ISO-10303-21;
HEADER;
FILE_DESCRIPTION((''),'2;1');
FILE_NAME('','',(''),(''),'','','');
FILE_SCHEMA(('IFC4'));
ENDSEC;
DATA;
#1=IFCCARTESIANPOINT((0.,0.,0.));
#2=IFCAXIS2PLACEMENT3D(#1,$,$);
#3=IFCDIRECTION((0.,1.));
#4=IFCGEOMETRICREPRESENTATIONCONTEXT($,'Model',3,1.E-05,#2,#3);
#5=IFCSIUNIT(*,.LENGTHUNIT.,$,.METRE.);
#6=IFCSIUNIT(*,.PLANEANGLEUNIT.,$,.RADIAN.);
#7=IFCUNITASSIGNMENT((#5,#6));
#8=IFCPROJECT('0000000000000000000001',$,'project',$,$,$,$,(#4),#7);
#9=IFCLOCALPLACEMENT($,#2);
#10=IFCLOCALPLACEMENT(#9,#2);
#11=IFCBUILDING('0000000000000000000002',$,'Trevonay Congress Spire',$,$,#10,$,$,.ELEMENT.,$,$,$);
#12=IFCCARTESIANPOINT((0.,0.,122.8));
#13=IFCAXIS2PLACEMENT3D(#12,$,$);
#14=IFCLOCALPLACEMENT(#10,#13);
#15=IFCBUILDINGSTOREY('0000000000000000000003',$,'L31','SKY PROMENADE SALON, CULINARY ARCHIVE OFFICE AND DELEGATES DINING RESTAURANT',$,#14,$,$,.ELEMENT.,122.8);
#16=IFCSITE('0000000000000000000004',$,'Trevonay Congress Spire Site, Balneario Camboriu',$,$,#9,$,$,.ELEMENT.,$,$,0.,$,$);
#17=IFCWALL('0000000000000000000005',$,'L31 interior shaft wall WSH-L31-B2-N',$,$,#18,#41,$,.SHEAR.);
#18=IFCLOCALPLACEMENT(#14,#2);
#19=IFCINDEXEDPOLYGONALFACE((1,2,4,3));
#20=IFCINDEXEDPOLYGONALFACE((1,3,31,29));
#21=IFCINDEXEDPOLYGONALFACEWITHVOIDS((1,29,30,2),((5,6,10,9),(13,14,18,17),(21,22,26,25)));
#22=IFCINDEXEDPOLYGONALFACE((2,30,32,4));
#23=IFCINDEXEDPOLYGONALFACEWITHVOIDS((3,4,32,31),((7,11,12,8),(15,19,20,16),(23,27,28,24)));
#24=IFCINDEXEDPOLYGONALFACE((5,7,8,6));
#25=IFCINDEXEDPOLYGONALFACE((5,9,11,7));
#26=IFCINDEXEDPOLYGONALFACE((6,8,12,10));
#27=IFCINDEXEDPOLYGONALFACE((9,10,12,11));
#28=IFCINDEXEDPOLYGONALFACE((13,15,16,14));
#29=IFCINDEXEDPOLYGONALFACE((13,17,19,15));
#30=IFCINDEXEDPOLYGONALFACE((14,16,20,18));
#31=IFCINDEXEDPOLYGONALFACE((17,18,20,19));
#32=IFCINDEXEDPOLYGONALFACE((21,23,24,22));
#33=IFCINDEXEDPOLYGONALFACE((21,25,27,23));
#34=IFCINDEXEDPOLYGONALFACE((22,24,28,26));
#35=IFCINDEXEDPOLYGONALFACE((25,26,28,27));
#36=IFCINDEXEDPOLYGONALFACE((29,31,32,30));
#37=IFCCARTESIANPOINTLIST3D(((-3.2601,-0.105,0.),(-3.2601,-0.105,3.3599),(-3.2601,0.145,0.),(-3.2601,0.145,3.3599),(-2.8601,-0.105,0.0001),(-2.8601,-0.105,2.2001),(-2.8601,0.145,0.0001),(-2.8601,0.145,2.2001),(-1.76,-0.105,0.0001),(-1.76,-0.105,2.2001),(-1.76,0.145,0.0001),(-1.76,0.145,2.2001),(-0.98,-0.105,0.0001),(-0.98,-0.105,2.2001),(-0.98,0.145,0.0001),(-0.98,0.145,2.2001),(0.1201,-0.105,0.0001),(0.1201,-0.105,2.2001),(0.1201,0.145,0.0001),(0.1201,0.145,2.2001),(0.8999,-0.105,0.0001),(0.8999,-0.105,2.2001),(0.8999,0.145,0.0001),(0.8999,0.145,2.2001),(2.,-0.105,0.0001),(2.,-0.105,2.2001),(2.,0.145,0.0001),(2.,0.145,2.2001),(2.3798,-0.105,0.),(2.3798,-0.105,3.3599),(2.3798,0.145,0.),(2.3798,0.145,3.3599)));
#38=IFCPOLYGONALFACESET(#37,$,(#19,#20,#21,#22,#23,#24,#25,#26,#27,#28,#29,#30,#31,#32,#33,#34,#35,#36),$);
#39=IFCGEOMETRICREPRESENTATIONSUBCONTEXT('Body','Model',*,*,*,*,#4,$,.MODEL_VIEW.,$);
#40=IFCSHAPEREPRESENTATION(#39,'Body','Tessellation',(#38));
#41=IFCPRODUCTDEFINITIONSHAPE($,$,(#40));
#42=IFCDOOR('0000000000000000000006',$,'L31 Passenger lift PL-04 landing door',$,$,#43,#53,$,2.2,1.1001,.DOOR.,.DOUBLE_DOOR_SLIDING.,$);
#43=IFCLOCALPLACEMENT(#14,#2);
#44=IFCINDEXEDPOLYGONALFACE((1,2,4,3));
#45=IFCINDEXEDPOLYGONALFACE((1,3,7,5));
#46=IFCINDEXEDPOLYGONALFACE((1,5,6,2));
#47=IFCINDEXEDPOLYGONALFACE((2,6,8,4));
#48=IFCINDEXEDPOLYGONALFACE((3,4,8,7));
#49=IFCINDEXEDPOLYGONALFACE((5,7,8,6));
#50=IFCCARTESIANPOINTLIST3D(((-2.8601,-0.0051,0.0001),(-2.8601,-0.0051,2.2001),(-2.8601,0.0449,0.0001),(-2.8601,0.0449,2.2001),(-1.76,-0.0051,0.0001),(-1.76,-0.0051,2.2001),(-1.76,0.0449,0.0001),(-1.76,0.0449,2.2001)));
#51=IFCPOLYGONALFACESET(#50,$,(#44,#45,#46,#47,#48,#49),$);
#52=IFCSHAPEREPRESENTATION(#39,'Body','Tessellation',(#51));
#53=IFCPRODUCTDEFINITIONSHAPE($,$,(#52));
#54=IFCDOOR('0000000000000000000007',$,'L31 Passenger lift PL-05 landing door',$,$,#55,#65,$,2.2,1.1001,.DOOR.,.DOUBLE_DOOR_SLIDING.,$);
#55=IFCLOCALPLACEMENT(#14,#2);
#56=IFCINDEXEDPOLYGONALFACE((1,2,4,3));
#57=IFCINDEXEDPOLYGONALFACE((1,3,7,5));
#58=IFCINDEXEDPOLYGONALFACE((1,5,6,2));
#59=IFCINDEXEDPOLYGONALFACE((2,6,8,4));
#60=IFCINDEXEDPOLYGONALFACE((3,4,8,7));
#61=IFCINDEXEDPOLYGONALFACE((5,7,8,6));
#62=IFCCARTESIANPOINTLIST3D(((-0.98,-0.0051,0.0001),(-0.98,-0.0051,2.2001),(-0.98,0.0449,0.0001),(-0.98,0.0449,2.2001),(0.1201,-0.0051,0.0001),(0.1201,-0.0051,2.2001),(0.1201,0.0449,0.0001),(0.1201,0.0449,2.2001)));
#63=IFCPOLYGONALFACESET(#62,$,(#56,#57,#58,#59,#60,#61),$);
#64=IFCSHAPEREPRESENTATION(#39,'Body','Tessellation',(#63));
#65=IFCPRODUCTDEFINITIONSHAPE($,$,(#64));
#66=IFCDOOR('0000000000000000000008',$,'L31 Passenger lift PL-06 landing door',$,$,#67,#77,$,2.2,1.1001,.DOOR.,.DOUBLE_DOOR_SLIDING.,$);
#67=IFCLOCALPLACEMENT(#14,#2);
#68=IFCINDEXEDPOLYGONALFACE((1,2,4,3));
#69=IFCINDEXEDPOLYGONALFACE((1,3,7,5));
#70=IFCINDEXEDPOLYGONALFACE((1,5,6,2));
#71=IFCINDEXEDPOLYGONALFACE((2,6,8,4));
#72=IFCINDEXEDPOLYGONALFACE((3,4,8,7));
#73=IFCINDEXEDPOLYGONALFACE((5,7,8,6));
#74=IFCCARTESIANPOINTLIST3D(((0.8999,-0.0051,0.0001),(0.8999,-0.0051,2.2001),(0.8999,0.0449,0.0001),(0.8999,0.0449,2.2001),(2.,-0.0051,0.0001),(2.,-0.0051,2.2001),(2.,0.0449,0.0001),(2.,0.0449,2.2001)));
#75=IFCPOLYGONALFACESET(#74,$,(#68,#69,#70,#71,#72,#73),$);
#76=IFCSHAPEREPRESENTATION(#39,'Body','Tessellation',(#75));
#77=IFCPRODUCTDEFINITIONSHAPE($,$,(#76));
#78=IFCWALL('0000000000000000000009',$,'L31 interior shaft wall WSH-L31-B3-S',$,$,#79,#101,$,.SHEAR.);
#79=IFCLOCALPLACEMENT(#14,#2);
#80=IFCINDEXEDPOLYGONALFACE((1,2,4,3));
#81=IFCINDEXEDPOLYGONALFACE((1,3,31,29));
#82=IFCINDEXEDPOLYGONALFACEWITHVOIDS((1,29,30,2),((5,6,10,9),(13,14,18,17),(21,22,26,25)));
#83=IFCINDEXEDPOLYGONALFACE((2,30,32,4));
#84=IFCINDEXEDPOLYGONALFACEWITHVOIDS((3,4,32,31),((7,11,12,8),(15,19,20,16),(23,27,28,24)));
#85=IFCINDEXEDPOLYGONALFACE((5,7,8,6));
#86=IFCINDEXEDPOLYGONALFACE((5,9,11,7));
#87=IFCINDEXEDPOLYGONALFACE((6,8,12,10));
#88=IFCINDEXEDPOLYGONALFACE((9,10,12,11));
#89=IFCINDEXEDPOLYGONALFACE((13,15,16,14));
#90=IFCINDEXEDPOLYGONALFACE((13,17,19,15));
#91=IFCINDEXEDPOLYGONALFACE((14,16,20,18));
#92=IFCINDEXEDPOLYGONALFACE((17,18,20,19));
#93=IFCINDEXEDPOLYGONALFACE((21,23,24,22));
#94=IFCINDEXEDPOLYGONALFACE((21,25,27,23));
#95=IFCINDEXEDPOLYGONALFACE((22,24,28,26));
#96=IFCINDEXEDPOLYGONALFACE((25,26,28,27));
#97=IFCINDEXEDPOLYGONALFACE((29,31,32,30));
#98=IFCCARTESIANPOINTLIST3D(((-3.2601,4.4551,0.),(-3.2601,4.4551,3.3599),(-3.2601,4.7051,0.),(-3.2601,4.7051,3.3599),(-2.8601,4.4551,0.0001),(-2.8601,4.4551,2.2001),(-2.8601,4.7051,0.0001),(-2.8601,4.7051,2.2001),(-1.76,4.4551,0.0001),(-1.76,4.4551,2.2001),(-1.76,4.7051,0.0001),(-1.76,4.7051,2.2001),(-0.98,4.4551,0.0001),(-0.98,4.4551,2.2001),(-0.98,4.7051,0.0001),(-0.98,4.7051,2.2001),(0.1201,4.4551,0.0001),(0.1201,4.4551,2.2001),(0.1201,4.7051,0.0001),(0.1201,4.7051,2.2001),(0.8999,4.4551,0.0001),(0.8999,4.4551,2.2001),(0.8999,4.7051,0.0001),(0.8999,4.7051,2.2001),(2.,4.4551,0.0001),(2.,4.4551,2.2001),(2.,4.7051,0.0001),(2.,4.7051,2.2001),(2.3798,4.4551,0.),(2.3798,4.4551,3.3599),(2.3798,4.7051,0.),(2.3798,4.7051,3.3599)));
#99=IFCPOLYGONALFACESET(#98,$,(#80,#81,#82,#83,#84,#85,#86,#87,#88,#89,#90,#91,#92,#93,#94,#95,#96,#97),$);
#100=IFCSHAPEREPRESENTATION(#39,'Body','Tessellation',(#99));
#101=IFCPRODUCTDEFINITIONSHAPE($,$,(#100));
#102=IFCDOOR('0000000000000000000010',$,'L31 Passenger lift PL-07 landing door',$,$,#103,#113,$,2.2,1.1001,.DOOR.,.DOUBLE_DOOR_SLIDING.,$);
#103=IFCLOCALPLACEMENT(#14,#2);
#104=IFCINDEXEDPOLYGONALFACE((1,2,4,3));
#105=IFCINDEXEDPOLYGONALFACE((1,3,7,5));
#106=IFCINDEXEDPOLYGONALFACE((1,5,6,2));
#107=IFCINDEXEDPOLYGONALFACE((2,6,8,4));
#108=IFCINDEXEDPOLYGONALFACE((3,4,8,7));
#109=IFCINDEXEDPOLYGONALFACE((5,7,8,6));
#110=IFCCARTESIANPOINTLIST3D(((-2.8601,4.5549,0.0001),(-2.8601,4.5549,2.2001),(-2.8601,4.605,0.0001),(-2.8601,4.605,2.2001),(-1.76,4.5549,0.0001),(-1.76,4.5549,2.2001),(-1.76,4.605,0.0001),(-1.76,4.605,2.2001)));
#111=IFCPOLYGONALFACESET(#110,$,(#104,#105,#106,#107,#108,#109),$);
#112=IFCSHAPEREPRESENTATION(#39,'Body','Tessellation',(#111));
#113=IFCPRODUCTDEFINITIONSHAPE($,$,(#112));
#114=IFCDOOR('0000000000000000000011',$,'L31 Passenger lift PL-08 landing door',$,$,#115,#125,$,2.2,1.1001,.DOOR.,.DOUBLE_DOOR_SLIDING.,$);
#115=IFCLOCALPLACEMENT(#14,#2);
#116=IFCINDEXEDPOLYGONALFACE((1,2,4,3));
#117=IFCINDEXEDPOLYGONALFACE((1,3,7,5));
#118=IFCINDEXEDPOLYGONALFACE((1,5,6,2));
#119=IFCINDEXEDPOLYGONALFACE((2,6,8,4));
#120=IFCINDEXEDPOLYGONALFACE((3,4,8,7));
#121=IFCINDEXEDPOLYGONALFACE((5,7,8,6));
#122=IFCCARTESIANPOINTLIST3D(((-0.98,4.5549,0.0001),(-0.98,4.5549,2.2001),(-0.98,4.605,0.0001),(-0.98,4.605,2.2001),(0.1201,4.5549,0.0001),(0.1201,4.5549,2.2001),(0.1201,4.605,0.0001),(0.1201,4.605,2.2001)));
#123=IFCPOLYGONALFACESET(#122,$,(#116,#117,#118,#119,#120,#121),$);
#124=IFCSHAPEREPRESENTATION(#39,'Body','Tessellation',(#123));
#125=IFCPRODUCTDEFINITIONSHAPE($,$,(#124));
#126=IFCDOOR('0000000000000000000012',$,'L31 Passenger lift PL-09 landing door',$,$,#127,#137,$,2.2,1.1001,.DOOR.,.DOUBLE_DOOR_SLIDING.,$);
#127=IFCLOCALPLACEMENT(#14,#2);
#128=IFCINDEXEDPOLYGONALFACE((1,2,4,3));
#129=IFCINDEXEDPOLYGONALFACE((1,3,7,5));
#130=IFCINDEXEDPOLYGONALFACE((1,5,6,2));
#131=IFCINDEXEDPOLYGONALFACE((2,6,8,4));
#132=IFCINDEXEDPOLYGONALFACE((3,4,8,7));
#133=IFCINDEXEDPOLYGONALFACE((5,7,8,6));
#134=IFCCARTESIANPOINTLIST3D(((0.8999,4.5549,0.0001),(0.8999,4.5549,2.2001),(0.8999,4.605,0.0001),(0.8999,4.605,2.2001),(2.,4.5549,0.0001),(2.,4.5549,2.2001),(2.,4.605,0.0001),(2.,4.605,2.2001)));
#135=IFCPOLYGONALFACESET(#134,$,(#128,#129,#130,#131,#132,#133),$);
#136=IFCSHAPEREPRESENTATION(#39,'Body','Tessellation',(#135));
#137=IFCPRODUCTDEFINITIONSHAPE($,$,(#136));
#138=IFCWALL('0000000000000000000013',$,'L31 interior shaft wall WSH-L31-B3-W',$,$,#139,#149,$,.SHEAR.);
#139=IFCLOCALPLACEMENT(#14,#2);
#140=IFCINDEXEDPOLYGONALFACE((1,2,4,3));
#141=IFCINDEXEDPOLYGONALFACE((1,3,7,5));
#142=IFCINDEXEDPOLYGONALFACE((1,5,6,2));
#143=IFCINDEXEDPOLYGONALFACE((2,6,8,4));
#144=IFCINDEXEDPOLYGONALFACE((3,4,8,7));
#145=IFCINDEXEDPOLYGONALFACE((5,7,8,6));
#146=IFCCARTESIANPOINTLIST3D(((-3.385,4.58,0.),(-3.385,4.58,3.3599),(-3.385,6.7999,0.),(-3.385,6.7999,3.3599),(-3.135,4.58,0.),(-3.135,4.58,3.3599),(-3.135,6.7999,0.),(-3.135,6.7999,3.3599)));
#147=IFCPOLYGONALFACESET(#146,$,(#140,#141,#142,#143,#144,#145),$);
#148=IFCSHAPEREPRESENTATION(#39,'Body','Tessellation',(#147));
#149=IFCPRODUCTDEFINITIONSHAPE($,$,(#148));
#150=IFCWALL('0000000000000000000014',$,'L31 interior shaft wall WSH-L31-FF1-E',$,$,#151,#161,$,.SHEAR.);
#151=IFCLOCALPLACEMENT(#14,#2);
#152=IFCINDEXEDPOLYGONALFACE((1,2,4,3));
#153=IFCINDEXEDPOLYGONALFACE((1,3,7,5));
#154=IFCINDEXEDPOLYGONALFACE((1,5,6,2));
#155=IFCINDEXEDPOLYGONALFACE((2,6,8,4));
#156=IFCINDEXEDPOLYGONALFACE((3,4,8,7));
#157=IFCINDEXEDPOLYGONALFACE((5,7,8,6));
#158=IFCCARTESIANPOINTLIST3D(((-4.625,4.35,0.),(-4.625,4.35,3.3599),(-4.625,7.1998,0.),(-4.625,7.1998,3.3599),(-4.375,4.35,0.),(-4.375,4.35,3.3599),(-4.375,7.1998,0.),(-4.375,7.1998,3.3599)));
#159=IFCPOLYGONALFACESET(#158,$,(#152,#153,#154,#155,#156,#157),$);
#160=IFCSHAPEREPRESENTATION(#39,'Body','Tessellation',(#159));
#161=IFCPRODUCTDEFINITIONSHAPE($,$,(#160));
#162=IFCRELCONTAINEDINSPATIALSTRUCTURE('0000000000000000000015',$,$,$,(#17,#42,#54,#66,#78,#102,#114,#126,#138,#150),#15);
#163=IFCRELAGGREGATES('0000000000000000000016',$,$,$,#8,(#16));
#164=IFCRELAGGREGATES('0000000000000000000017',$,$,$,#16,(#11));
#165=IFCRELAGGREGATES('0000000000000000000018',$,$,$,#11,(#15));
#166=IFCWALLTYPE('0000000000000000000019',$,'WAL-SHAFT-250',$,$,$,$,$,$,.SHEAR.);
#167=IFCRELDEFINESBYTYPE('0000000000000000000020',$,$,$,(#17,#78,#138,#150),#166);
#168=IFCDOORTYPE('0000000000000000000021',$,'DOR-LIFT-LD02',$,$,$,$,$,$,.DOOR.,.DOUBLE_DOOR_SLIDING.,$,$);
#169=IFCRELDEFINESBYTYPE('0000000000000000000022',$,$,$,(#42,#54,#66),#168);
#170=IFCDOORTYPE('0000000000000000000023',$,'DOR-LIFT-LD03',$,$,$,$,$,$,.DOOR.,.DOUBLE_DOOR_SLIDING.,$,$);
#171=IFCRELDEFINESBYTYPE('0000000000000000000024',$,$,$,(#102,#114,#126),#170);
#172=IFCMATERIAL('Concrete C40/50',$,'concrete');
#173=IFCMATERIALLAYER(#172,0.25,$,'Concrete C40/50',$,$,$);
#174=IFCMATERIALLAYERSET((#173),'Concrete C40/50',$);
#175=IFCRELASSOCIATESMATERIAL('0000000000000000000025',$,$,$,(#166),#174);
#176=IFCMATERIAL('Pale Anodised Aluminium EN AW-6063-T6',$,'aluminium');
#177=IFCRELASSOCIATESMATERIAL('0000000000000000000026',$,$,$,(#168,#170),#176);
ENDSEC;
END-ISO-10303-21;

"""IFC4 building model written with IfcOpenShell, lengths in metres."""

from ifc_helpers import new_model, si_unit, direction, frame, frame_2d, origin, place, context, subcontext, project, spatial, rectangle, extrude, material, layer, layer_set, type_object, element, fill, save


model = new_model("IFC4")

# Units and contexts
model_context = context("Model", 3, precision=1e-05, world=origin(), true_north=direction((0.0, 1.0)))
body_context = subcontext(model_context, "Body", "Model", "MODEL_VIEW")
ifc_project = project(units=[si_unit("LENGTHUNIT", "METRE"), si_unit("PLANEANGLEUNIT", "RADIAN")], contexts=[model_context])

# Site, building, storey
site_placement = place(None, origin())
site = spatial("IfcSite", under=ifc_project, at=site_placement, Name="Trevonay Congress Spire Site, Balneario Camboriu", CompositionType="ELEMENT", RefElevation=0.0)
building_placement = place(site_placement, origin())
building = spatial("IfcBuilding", under=site, at=building_placement, Name="Trevonay Congress Spire", CompositionType="ELEMENT")
storey_placement = place(building_placement, frame((0.0, 0.0, 122.8)))
storey = spatial("IfcBuildingStorey", under=building, at=storey_placement, Name="L31", Description="SKY PROMENADE SALON, CULINARY ARCHIVE OFFICE AND DELEGATES DINING RESTAURANT", CompositionType="ELEMENT", Elevation=122.8)

# Shared definitions
ifc_material_1 = material(Name="Concrete C40/50", Category="concrete")

# Walls, openings, doors
ifc_layer_1 = layer(ifc_material_1, 0.25, Name="Concrete C40/50")
ifc_layer_set_1 = layer_set([ifc_layer_1], Name="Concrete C40/50")
wall_type_1 = type_object("IfcWallType", Name="WAL-SHAFT-250", PredefinedType="SHEAR", material=ifc_layer_set_1)
wall_1_placement = place(storey_placement, frame((-3.26, 0.02, 0.0), z_axis=(0.0, 0.0, 1.0), x_axis=(1.0, 0.0, 0.0)))
wall_1 = element("IfcWall", 1, at=wall_1_placement, inside=storey, type_object=wall_type_1, Name="L31 interior shaft wall WSH-L31-B2-N", PredefinedType="SHEAR", context=body_context, shape_type="SweptSolid", body=[
    extrude(rectangle(XDim=5.6399, YDim=0.25, at=frame_2d((2.8198, 0.0))), origin(), (0.0, 0.0, 1.0), 3.3599),
])
opening_1_placement = place(wall_1_placement, frame((0.3999, 0.0, 0.0)))
opening_1 = element("IfcOpeningElement", 2, at=opening_1_placement, cuts=wall_1, PredefinedType="OPENING", context=body_context, shape_type="SweptSolid", body=[
    extrude(rectangle(XDim=1.1001, YDim=2.2, at=frame_2d((0.55, 1.1001))), frame((0.0, 0.135, 0.0), z_axis=(0.0, -1.0, 0.0), x_axis=(1.0, 0.0, 0.0)), (0.0, 0.0, 1.0), 0.27),
])
opening_2_placement = place(wall_1_placement, frame((2.28, 0.0, 0.0)))
opening_2 = element("IfcOpeningElement", 3, at=opening_2_placement, cuts=wall_1, PredefinedType="OPENING", context=body_context, shape_type="SweptSolid", body=[
    extrude(rectangle(XDim=1.1001, YDim=2.2, at=frame_2d((0.55, 1.1001))), frame((0.0, 0.135, 0.0), z_axis=(0.0, -1.0, 0.0), x_axis=(1.0, 0.0, 0.0)), (0.0, 0.0, 1.0), 0.27),
])
opening_3_placement = place(wall_1_placement, frame((4.1599, 0.0, 0.0)))
opening_3 = element("IfcOpeningElement", 4, at=opening_3_placement, cuts=wall_1, PredefinedType="OPENING", context=body_context, shape_type="SweptSolid", body=[
    extrude(rectangle(XDim=1.1001, YDim=2.2, at=frame_2d((0.55, 1.1001))), frame((0.0, 0.135, 0.0), z_axis=(0.0, -1.0, 0.0), x_axis=(1.0, 0.0, 0.0)), (0.0, 0.0, 1.0), 0.27),
])
ifc_material_2 = material(Name="Pale Anodised Aluminium EN AW-6063-T6", Category="aluminium")
door_type_1 = type_object("IfcDoorType", Name="DOR-LIFT-LD02", OperationType="DOUBLE_DOOR_SLIDING", PredefinedType="DOOR", material=ifc_material_2)
door_1_placement = place(opening_1_placement, origin())
door_1 = element("IfcDoor", 5, at=door_1_placement, inside=storey, type_object=door_type_1, Name="L31 Passenger lift PL-04 landing door", OperationType="DOUBLE_DOOR_SLIDING", OverallHeight=2.2, OverallWidth=1.1001, PredefinedType="DOOR", context=body_context, shape_type="SweptSolid", body=[
    extrude(rectangle(XDim=1.1001, YDim=2.2, at=frame_2d((0.55, 1.1001))), frame((0.0, 0.0249, 0.0), z_axis=(0.0, -1.0, 0.0), x_axis=(1.0, 0.0, 0.0)), (0.0, 0.0, 1.0), 0.05),
])
fill(opening_1, door_1)
door_2_placement = place(opening_2_placement, origin())
door_2 = element("IfcDoor", 6, at=door_2_placement, inside=storey, type_object=door_type_1, Name="L31 Passenger lift PL-05 landing door", OperationType="DOUBLE_DOOR_SLIDING", OverallHeight=2.2, OverallWidth=1.1001, PredefinedType="DOOR", context=body_context, shape_type="SweptSolid", body=[
    extrude(rectangle(XDim=1.1001, YDim=2.2, at=frame_2d((0.55, 1.1001))), frame((0.0, 0.0249, 0.0), z_axis=(0.0, -1.0, 0.0), x_axis=(1.0, 0.0, 0.0)), (0.0, 0.0, 1.0), 0.05),
])
fill(opening_2, door_2)
door_3_placement = place(opening_3_placement, origin())
door_3 = element("IfcDoor", 7, at=door_3_placement, inside=storey, type_object=door_type_1, Name="L31 Passenger lift PL-06 landing door", OperationType="DOUBLE_DOOR_SLIDING", OverallHeight=2.2, OverallWidth=1.1001, PredefinedType="DOOR", context=body_context, shape_type="SweptSolid", body=[
    extrude(rectangle(XDim=1.1001, YDim=2.2, at=frame_2d((0.55, 1.1001))), frame((0.0, 0.0249, 0.0), z_axis=(0.0, -1.0, 0.0), x_axis=(1.0, 0.0, 0.0)), (0.0, 0.0, 1.0), 0.05),
])
fill(opening_3, door_3)
wall_2_placement = place(storey_placement, frame((-3.26, 4.5801, 0.0), z_axis=(0.0, 0.0, 1.0), x_axis=(1.0, 0.0, 0.0)))
wall_2 = element("IfcWall", 8, at=wall_2_placement, inside=storey, type_object=wall_type_1, Name="L31 interior shaft wall WSH-L31-B3-S", PredefinedType="SHEAR", context=body_context, shape_type="SweptSolid", body=[
    extrude(rectangle(XDim=5.6399, YDim=0.25, at=frame_2d((2.8198, 0.0))), origin(), (0.0, 0.0, 1.0), 3.3599),
])
opening_4_placement = place(wall_2_placement, frame((0.3999, 0.0, 0.0)))
opening_4 = element("IfcOpeningElement", 9, at=opening_4_placement, cuts=wall_2, PredefinedType="OPENING", context=body_context, shape_type="SweptSolid", body=[
    extrude(rectangle(XDim=1.1001, YDim=2.2, at=frame_2d((0.55, 1.1001))), frame((0.0, 0.135, 0.0), z_axis=(0.0, -1.0, 0.0), x_axis=(1.0, 0.0, 0.0)), (0.0, 0.0, 1.0), 0.27),
])
opening_5_placement = place(wall_2_placement, frame((2.28, 0.0, 0.0)))
opening_5 = element("IfcOpeningElement", 10, at=opening_5_placement, cuts=wall_2, PredefinedType="OPENING", context=body_context, shape_type="SweptSolid", body=[
    extrude(rectangle(XDim=1.1001, YDim=2.2, at=frame_2d((0.55, 1.1001))), frame((0.0, 0.135, 0.0), z_axis=(0.0, -1.0, 0.0), x_axis=(1.0, 0.0, 0.0)), (0.0, 0.0, 1.0), 0.27),
])
opening_6_placement = place(wall_2_placement, frame((4.1599, 0.0, 0.0)))
opening_6 = element("IfcOpeningElement", 11, at=opening_6_placement, cuts=wall_2, PredefinedType="OPENING", context=body_context, shape_type="SweptSolid", body=[
    extrude(rectangle(XDim=1.1001, YDim=2.2, at=frame_2d((0.55, 1.1001))), frame((0.0, 0.135, 0.0), z_axis=(0.0, -1.0, 0.0), x_axis=(1.0, 0.0, 0.0)), (0.0, 0.0, 1.0), 0.27),
])
door_type_2 = type_object("IfcDoorType", Name="DOR-LIFT-LD03", OperationType="DOUBLE_DOOR_SLIDING", PredefinedType="DOOR", material=ifc_material_2)
door_4_placement = place(opening_4_placement, origin())
door_4 = element("IfcDoor", 12, at=door_4_placement, inside=storey, type_object=door_type_2, Name="L31 Passenger lift PL-07 landing door", OperationType="DOUBLE_DOOR_SLIDING", OverallHeight=2.2, OverallWidth=1.1001, PredefinedType="DOOR", context=body_context, shape_type="SweptSolid", body=[
    extrude(rectangle(XDim=1.1001, YDim=2.2, at=frame_2d((0.55, 1.1001))), frame((0.0, 0.0249, 0.0), z_axis=(0.0, -1.0, 0.0), x_axis=(1.0, 0.0, 0.0)), (0.0, 0.0, 1.0), 0.05),
])
fill(opening_4, door_4)
door_5_placement = place(opening_5_placement, origin())
door_5 = element("IfcDoor", 13, at=door_5_placement, inside=storey, type_object=door_type_2, Name="L31 Passenger lift PL-08 landing door", OperationType="DOUBLE_DOOR_SLIDING", OverallHeight=2.2, OverallWidth=1.1001, PredefinedType="DOOR", context=body_context, shape_type="SweptSolid", body=[
    extrude(rectangle(XDim=1.1001, YDim=2.2, at=frame_2d((0.55, 1.1001))), frame((0.0, 0.0249, 0.0), z_axis=(0.0, -1.0, 0.0), x_axis=(1.0, 0.0, 0.0)), (0.0, 0.0, 1.0), 0.05),
])
fill(opening_5, door_5)
door_6_placement = place(opening_6_placement, origin())
door_6 = element("IfcDoor", 14, at=door_6_placement, inside=storey, type_object=door_type_2, Name="L31 Passenger lift PL-09 landing door", OperationType="DOUBLE_DOOR_SLIDING", OverallHeight=2.2, OverallWidth=1.1001, PredefinedType="DOOR", context=body_context, shape_type="SweptSolid", body=[
    extrude(rectangle(XDim=1.1001, YDim=2.2, at=frame_2d((0.55, 1.1001))), frame((0.0, 0.0249, 0.0), z_axis=(0.0, -1.0, 0.0), x_axis=(1.0, 0.0, 0.0)), (0.0, 0.0, 1.0), 0.05),
])
fill(opening_6, door_6)

# Walls
wall_3_placement = place(storey_placement, frame((-3.26, 4.5801, 0.0), z_axis=(0.0, 0.0, 1.0), x_axis=(0.0, 1.0, 0.0)))
element("IfcWall", 15, at=wall_3_placement, inside=storey, type_object=wall_type_1, Name="L31 interior shaft wall WSH-L31-B3-W", PredefinedType="SHEAR", context=body_context, shape_type="SweptSolid", body=[
    extrude(rectangle(XDim=2.22, YDim=0.25, at=frame_2d((1.1099, 0.0))), origin(), (0.0, 0.0, 1.0), 3.3599),
])
wall_4_placement = place(storey_placement, frame((-4.5, 4.3501, 0.0), z_axis=(0.0, 0.0, 1.0), x_axis=(0.0, 1.0, 0.0)))
element("IfcWall", 16, at=wall_4_placement, inside=storey, type_object=wall_type_1, Name="L31 interior shaft wall WSH-L31-FF1-E", PredefinedType="SHEAR", context=body_context, shape_type="SweptSolid", body=[
    extrude(rectangle(XDim=2.8499, YDim=0.25, at=frame_2d((1.4248, 0.0))), origin(), (0.0, 0.0, 1.0), 3.3599),
])

save(model, "model.ifc")
